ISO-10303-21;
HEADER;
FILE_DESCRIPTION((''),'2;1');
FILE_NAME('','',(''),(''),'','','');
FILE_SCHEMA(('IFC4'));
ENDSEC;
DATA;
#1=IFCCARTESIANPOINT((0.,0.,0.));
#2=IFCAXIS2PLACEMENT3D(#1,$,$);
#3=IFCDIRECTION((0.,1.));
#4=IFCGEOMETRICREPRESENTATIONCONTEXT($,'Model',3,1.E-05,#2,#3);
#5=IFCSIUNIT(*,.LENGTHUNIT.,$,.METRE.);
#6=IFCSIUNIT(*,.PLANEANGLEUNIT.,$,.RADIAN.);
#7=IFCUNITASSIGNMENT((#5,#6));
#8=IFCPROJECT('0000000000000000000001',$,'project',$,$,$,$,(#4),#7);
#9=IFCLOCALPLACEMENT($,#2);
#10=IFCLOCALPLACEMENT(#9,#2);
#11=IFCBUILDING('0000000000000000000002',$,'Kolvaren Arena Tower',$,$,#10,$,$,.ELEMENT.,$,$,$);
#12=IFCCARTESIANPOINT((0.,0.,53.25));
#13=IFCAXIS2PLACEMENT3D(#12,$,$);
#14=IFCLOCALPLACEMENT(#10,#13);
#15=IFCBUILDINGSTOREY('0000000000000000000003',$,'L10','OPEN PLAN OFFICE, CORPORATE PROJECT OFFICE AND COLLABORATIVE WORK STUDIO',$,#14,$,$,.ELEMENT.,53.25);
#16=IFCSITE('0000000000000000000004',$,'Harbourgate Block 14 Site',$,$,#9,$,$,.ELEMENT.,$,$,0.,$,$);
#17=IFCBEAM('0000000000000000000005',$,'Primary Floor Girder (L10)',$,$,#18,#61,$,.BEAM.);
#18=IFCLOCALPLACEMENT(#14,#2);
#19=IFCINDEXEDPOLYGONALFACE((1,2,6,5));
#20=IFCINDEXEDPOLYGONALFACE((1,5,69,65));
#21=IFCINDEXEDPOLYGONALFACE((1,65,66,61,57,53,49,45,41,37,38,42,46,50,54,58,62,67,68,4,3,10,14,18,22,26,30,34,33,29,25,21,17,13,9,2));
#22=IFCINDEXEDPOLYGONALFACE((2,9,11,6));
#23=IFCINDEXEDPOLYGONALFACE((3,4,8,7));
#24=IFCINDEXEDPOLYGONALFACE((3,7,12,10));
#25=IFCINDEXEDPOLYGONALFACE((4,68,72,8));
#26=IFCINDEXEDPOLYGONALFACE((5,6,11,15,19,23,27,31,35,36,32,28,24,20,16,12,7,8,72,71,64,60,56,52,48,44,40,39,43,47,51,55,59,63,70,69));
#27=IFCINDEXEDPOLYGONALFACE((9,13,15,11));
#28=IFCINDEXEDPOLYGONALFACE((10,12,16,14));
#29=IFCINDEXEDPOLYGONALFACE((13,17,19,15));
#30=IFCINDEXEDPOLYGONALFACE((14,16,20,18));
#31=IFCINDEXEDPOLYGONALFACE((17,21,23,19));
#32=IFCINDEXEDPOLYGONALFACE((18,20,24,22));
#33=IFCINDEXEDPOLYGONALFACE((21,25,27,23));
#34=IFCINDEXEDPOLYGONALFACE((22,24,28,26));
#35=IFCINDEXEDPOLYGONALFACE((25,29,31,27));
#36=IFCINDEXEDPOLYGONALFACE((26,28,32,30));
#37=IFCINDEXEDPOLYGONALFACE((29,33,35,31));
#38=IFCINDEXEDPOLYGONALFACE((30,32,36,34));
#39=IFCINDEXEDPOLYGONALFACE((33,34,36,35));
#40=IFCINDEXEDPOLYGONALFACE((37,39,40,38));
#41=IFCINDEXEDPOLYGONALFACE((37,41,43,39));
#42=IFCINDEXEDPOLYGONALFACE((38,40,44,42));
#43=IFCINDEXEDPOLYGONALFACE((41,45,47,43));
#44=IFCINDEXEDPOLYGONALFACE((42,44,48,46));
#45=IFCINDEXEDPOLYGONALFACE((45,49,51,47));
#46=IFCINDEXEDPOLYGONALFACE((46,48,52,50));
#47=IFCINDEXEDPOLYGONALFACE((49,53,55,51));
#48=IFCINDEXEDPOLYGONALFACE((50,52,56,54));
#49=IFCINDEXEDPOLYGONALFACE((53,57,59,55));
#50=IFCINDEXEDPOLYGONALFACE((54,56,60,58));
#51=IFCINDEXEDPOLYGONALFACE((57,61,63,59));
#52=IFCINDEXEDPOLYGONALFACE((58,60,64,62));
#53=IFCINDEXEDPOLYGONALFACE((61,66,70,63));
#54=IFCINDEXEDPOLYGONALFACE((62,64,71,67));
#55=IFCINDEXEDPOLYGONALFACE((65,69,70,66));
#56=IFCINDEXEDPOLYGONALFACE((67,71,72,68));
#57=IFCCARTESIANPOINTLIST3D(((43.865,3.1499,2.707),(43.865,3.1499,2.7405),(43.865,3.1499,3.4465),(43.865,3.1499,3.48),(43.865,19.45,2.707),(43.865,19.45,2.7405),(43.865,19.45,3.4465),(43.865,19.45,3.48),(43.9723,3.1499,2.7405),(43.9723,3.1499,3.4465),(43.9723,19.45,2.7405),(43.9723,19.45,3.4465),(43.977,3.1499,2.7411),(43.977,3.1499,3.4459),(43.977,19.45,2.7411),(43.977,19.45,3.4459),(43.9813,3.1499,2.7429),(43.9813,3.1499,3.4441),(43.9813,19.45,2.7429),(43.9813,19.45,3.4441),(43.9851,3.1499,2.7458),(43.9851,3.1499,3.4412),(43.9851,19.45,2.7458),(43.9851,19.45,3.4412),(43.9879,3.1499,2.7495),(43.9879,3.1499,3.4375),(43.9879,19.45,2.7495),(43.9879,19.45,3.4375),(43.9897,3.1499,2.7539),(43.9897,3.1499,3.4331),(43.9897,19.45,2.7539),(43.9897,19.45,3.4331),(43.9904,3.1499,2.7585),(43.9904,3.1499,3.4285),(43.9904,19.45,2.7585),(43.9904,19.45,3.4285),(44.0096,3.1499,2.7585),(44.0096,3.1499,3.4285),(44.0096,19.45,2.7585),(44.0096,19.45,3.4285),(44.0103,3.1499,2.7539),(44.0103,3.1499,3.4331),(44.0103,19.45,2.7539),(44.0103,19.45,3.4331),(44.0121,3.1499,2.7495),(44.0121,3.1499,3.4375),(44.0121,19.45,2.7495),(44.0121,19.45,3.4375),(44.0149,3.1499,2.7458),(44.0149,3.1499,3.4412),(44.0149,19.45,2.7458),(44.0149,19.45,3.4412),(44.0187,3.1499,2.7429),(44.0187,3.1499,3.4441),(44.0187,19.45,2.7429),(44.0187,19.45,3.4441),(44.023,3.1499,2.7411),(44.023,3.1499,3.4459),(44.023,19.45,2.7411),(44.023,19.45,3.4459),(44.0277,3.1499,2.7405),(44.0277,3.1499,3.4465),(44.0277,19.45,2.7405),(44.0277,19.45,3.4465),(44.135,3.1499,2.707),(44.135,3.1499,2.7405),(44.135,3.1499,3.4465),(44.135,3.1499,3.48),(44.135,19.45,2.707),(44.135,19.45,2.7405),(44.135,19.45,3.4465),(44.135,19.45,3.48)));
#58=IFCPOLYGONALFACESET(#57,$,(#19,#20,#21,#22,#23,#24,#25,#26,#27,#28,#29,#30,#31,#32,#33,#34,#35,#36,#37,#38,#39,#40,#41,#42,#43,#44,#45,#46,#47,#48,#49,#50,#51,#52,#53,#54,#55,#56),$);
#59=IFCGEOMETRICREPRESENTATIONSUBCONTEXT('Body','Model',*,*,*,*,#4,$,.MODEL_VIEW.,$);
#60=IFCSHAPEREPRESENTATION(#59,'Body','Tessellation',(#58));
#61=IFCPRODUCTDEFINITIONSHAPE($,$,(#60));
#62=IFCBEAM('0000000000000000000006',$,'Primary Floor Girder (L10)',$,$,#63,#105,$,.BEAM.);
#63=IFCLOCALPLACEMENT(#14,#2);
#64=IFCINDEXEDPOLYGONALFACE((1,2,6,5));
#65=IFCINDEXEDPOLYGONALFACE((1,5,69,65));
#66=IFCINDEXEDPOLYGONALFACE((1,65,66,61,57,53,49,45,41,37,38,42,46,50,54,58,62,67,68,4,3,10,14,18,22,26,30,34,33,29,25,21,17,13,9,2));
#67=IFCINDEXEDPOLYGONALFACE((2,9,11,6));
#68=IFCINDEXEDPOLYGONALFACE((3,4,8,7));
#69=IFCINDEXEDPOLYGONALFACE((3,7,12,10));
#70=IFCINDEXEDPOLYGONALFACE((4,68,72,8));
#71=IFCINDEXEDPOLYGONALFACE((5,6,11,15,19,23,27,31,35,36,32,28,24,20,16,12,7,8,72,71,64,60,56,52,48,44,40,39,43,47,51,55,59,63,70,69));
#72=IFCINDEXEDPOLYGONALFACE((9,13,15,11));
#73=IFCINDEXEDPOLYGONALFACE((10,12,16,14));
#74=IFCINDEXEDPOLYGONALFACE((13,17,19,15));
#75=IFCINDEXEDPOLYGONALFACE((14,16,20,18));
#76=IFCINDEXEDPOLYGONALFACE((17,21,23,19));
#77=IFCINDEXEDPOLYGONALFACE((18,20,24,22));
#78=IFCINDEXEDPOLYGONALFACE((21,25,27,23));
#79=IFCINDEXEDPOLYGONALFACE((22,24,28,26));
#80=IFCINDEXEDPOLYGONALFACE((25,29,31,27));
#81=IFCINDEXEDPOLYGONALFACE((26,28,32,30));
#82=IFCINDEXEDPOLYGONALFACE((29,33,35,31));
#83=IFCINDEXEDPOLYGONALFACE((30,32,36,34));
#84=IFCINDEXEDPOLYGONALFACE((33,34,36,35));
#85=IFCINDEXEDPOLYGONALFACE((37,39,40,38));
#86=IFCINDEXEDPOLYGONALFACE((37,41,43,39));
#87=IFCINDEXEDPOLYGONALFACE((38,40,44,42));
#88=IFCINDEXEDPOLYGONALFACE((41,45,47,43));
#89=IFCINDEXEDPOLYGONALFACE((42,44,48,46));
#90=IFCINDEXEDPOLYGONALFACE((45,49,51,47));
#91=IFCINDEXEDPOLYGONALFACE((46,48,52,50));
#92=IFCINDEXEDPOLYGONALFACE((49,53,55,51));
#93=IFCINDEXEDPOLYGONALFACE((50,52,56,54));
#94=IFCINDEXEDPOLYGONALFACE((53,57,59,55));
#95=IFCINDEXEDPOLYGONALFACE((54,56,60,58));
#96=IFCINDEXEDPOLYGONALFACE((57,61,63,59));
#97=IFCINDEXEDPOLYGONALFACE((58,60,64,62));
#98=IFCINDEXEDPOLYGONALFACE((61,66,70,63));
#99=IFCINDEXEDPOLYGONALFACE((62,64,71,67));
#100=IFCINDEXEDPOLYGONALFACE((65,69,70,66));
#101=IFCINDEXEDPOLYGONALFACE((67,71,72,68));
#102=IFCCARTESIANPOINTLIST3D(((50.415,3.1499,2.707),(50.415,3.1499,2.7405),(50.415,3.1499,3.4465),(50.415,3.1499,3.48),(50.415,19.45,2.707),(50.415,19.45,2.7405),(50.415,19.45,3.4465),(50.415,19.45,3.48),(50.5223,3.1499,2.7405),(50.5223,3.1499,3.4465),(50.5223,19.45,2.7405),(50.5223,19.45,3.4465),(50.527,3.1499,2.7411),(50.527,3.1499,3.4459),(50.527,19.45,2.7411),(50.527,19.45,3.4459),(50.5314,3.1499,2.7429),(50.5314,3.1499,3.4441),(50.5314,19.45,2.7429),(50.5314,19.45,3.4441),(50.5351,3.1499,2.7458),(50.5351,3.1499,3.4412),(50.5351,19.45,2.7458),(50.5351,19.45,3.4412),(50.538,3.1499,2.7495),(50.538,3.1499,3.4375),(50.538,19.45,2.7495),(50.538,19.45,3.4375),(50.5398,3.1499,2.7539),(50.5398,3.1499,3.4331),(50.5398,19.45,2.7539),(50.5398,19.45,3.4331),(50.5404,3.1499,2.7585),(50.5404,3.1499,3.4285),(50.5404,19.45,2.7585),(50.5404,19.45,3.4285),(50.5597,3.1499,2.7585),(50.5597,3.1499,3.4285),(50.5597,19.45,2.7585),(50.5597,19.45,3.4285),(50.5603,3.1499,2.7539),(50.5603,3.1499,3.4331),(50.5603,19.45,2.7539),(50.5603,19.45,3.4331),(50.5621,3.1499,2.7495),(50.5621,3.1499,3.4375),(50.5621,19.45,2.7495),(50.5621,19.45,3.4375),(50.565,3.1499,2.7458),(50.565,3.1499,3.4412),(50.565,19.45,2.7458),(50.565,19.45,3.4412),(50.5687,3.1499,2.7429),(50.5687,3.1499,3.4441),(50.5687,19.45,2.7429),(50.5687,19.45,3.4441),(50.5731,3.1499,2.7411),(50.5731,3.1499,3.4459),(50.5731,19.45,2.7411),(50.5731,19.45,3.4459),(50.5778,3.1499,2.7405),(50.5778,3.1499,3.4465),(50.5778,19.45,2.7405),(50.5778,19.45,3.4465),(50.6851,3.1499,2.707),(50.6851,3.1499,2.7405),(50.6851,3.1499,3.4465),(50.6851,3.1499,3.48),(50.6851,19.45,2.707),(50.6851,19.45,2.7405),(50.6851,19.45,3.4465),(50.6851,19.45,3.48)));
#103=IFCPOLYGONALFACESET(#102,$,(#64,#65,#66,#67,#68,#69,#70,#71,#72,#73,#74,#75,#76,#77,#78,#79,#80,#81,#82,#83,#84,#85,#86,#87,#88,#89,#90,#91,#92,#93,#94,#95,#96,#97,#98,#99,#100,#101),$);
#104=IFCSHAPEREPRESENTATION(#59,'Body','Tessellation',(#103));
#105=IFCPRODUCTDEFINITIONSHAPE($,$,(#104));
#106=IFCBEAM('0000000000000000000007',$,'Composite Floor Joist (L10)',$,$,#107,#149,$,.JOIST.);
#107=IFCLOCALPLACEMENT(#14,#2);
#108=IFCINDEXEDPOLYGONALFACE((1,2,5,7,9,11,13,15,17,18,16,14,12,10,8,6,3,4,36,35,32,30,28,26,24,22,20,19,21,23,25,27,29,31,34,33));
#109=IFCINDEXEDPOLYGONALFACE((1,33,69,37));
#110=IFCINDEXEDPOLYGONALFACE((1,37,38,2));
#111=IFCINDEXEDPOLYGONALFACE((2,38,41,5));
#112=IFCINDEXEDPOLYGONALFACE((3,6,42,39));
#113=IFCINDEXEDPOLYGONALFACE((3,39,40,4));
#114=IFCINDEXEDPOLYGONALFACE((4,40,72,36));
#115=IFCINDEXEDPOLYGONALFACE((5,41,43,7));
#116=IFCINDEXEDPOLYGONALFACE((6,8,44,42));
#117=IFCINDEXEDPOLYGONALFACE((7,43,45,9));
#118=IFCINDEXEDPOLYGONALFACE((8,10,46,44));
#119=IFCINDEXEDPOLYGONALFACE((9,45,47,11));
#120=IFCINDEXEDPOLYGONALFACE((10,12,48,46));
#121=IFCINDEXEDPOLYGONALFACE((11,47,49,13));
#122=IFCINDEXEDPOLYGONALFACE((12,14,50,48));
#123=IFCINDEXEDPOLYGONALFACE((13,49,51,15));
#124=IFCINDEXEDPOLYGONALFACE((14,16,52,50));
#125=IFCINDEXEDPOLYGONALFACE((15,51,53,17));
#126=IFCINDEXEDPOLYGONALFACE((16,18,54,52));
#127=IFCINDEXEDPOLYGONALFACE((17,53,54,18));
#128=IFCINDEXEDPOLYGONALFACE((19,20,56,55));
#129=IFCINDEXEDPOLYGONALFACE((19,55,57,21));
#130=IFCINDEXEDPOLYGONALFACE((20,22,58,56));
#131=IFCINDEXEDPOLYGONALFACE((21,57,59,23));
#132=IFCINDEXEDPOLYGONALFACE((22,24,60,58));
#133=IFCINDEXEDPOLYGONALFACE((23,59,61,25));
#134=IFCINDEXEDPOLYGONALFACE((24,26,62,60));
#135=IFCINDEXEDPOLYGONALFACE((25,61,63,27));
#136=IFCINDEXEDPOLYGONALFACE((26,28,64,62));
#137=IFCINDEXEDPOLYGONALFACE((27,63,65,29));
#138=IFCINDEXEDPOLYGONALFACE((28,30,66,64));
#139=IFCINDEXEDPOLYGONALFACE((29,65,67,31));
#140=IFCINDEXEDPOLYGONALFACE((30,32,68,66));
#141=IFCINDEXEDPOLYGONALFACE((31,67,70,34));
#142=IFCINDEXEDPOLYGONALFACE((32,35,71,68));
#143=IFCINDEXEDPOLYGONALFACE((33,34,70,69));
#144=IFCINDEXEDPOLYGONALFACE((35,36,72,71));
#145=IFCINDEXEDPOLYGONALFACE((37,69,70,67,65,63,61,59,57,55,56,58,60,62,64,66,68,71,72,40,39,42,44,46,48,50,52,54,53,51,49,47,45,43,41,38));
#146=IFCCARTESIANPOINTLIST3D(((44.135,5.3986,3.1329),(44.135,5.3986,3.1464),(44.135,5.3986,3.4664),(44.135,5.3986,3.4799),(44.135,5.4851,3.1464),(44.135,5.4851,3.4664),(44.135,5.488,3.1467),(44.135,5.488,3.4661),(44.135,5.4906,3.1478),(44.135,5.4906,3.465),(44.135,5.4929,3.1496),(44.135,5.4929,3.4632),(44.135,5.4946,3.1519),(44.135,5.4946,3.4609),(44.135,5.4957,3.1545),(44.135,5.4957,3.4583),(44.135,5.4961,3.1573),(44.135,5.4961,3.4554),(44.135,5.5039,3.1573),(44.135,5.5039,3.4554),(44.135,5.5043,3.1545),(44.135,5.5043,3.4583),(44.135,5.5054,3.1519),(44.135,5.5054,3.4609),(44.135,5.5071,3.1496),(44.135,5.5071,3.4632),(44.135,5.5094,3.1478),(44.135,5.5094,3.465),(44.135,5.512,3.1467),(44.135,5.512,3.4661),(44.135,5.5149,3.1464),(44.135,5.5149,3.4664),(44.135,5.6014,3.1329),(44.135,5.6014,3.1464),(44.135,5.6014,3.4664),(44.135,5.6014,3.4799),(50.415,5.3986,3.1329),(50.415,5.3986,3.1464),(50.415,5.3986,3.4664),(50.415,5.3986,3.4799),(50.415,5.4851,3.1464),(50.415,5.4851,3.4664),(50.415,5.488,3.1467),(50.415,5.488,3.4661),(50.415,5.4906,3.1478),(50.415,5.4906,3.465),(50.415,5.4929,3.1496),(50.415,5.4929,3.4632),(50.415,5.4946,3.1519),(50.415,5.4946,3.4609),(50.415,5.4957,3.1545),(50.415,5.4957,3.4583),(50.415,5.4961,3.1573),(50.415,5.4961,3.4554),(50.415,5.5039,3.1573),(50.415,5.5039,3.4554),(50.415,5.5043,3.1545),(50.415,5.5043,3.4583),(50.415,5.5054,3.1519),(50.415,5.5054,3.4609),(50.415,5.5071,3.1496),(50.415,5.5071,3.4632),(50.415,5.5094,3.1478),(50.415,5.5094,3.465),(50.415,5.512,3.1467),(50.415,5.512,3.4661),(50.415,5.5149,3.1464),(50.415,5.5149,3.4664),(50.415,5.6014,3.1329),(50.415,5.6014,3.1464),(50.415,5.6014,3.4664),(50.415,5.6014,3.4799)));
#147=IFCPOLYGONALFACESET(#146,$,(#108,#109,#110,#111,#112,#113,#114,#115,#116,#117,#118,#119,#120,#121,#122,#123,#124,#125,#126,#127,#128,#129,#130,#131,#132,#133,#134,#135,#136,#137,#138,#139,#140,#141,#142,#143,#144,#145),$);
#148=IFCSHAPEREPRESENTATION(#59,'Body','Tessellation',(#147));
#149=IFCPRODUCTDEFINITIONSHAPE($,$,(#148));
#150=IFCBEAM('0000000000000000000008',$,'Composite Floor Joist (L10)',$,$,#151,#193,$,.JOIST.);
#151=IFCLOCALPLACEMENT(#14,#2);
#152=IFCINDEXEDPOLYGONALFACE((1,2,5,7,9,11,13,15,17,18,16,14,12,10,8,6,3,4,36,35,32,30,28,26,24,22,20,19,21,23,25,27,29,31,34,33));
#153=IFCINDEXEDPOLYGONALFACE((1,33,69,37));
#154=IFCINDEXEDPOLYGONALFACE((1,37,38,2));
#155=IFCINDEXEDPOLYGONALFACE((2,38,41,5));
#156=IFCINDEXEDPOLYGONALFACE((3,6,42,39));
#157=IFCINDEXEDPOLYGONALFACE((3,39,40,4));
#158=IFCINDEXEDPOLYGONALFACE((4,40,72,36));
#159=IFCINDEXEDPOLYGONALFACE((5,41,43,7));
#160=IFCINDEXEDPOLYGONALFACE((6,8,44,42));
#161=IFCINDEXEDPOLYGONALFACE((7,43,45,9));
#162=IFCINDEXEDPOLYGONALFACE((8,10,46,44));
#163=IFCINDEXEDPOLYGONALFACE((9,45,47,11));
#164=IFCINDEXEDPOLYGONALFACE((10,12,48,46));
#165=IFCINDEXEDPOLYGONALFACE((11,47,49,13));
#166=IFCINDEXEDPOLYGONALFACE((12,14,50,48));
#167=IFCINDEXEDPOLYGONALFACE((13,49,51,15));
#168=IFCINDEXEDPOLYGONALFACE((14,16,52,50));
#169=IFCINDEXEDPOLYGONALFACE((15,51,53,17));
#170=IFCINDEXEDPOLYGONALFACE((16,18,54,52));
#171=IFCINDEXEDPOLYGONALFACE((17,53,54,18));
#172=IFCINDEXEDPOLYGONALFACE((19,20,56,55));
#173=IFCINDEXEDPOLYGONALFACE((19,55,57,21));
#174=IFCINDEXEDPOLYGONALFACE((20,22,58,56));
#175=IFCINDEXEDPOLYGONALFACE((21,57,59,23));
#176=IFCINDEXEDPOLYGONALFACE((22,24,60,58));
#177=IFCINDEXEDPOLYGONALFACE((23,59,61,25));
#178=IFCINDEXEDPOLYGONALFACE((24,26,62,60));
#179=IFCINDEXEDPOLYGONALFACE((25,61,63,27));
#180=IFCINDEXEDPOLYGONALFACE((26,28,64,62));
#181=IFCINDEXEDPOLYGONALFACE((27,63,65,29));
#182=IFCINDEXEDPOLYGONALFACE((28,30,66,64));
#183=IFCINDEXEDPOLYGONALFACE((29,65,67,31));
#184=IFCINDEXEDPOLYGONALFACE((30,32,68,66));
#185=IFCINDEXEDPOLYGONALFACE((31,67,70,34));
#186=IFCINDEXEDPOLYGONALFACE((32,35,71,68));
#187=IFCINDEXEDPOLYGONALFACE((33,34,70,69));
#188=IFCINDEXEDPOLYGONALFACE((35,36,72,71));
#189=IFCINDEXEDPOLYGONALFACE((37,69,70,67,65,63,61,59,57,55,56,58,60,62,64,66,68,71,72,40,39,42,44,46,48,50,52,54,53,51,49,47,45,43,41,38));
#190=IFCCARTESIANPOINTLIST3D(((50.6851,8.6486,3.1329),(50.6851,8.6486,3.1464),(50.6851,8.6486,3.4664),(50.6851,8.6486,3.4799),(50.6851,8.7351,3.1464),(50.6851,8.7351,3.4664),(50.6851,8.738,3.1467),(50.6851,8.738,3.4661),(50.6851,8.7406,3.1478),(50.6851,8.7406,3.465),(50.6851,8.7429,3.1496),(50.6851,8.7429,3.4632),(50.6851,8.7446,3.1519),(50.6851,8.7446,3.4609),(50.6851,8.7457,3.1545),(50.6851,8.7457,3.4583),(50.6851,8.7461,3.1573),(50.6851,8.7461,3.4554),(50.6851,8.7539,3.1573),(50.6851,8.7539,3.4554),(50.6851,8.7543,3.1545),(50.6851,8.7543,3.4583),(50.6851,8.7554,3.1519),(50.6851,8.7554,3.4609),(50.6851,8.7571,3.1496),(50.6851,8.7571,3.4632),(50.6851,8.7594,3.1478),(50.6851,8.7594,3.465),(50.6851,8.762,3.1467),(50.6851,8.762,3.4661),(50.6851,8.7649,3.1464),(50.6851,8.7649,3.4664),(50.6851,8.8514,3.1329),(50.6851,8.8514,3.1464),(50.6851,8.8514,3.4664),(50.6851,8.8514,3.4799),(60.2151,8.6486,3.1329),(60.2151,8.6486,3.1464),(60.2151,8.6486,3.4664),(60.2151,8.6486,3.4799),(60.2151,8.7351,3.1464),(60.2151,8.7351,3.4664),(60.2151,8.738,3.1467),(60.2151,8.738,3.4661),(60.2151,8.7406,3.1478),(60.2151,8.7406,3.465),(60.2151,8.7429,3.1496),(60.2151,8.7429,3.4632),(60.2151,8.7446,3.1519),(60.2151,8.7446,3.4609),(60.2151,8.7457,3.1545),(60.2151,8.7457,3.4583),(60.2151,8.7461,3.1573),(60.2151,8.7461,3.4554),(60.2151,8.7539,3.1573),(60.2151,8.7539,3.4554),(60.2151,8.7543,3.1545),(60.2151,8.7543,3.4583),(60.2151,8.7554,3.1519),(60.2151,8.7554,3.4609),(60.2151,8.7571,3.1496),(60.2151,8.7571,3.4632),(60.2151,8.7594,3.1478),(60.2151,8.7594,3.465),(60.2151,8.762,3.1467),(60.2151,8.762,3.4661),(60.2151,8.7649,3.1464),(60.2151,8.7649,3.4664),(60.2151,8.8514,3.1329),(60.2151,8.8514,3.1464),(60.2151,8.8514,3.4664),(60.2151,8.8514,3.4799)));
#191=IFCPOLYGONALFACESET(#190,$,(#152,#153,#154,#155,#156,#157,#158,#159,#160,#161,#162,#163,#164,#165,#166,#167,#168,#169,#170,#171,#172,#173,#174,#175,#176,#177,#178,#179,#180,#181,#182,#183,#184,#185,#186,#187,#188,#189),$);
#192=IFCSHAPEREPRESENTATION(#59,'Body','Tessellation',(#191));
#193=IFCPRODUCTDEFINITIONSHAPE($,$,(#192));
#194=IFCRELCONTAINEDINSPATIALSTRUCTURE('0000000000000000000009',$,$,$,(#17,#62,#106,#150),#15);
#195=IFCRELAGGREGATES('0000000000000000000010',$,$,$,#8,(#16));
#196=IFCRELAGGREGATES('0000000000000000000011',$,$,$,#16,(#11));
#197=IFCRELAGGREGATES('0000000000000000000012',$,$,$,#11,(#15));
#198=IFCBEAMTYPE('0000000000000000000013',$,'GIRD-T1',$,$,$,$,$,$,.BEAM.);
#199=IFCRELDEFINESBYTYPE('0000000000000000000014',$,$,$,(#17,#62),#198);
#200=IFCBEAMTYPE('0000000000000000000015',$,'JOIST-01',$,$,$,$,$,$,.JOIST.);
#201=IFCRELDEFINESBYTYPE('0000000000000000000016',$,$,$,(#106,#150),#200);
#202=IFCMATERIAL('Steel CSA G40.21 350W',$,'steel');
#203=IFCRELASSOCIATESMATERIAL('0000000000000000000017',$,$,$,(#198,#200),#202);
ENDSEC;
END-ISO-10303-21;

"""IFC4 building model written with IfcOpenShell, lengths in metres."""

from ifc_helpers import new_model, si_unit, direction, frame, origin, origin_2d, place, context, subcontext, project, spatial, i_section, extrude, material, material_profile, profile_set, type_object, element, save


model = new_model("IFC4")

# Units and contexts
model_context = context("Model", 3, precision=1e-05, world=origin(), true_north=direction((0.0, 1.0)))
body_context = subcontext(model_context, "Body", "Model", "MODEL_VIEW")
ifc_project = project(units=[si_unit("LENGTHUNIT", "METRE"), si_unit("PLANEANGLEUNIT", "RADIAN")], contexts=[model_context])

# Site, building, storey
site_placement = place(None, origin())
site = spatial("IfcSite", under=ifc_project, at=site_placement, Name="Harbourgate Block 14 Site", CompositionType="ELEMENT", RefElevation=0.0)
building_placement = place(site_placement, origin())
building = spatial("IfcBuilding", under=site, at=building_placement, Name="Kolvaren Arena Tower", CompositionType="ELEMENT")
storey_placement = place(building_placement, frame((0.0, 0.0, 53.25)))
storey = spatial("IfcBuildingStorey", under=building, at=storey_placement, Name="L10", Description="OPEN PLAN OFFICE, CORPORATE PROJECT OFFICE AND COLLABORATIVE WORK STUDIO", CompositionType="ELEMENT", Elevation=53.25)

# Beams
ifc_material_1 = material(Name="Steel CSA G40.21 350W", Category="steel")
ifc_material_profile_1 = material_profile(ifc_material_1, i_section(OverallWidth=0.27, OverallDepth=0.7729, WebThickness=0.0193, FlangeThickness=0.0334, FilletRadius=0.0181, at=origin_2d()), Name="W760x257")
ifc_profile_set_1 = profile_set([ifc_material_profile_1], Name="Steel CSA G40.21 350W")
beam_type_1 = type_object("IfcBeamType", Name="GIRD-T1", PredefinedType="BEAM", material=ifc_profile_set_1)
for number, where, z_axis, x_axis, name in (
    (1, (44.0, 3.1499, 3.0935), (0.0, 1.0, 0.0), (-1.0, 0.0, 0.0), "Primary Floor Girder (L10)"),
    (2, (50.55, 3.1499, 3.0935), (0.0, 1.0, 0.0), (-1.0, 0.0, 0.0), "Primary Floor Girder (L10)"),
):
    element("IfcBeam", number, at=place(storey_placement, frame(where, z_axis=z_axis, x_axis=x_axis)), inside=storey, type_object=beam_type_1, Name=name, PredefinedType="BEAM", context=body_context, shape_type="SweptSolid", body=[
        extrude(i_section(OverallWidth=0.27, OverallDepth=0.7729, WebThickness=0.0193, FlangeThickness=0.0334, FilletRadius=0.0181, at=origin_2d()), origin(), (0.0, 0.0, 1.0), 16.3),
    ])
ifc_material_profile_2 = material_profile(ifc_material_1, i_section(OverallWidth=0.2029, OverallDepth=0.3469, WebThickness=0.0078, FlangeThickness=0.0134, FilletRadius=0.011, at=origin_2d()), Name="W360x64")
ifc_profile_set_2 = profile_set([ifc_material_profile_2], Name="Steel CSA G40.21 350W")
beam_type_2 = type_object("IfcBeamType", Name="JOIST-01", PredefinedType="JOIST", material=ifc_profile_set_2)
beam_1_placement = place(storey_placement, frame((44.135, 5.5, 3.3064), z_axis=(1.0, 0.0, 0.0), x_axis=(0.0, 1.0, 0.0)))
element("IfcBeam", 3, at=beam_1_placement, inside=storey, type_object=beam_type_2, Name="Composite Floor Joist (L10)", PredefinedType="JOIST", context=body_context, shape_type="SweptSolid", body=[
    extrude(i_section(OverallWidth=0.2029, OverallDepth=0.3469, WebThickness=0.0078, FlangeThickness=0.0134, FilletRadius=0.011, at=origin_2d()), origin(), (0.0, 0.0, 1.0), 6.28),
])
beam_2_placement = place(storey_placement, frame((50.6851, 8.75, 3.3064), z_axis=(1.0, 0.0, 0.0), x_axis=(0.0, 1.0, 0.0)))
element("IfcBeam", 4, at=beam_2_placement, inside=storey, type_object=beam_type_2, Name="Composite Floor Joist (L10)", PredefinedType="JOIST", context=body_context, shape_type="SweptSolid", body=[
    extrude(i_section(OverallWidth=0.2029, OverallDepth=0.3469, WebThickness=0.0078, FlangeThickness=0.0134, FilletRadius=0.011, at=origin_2d()), origin(), (0.0, 0.0, 1.0), 9.53),
])

save(model, "model.ifc")
